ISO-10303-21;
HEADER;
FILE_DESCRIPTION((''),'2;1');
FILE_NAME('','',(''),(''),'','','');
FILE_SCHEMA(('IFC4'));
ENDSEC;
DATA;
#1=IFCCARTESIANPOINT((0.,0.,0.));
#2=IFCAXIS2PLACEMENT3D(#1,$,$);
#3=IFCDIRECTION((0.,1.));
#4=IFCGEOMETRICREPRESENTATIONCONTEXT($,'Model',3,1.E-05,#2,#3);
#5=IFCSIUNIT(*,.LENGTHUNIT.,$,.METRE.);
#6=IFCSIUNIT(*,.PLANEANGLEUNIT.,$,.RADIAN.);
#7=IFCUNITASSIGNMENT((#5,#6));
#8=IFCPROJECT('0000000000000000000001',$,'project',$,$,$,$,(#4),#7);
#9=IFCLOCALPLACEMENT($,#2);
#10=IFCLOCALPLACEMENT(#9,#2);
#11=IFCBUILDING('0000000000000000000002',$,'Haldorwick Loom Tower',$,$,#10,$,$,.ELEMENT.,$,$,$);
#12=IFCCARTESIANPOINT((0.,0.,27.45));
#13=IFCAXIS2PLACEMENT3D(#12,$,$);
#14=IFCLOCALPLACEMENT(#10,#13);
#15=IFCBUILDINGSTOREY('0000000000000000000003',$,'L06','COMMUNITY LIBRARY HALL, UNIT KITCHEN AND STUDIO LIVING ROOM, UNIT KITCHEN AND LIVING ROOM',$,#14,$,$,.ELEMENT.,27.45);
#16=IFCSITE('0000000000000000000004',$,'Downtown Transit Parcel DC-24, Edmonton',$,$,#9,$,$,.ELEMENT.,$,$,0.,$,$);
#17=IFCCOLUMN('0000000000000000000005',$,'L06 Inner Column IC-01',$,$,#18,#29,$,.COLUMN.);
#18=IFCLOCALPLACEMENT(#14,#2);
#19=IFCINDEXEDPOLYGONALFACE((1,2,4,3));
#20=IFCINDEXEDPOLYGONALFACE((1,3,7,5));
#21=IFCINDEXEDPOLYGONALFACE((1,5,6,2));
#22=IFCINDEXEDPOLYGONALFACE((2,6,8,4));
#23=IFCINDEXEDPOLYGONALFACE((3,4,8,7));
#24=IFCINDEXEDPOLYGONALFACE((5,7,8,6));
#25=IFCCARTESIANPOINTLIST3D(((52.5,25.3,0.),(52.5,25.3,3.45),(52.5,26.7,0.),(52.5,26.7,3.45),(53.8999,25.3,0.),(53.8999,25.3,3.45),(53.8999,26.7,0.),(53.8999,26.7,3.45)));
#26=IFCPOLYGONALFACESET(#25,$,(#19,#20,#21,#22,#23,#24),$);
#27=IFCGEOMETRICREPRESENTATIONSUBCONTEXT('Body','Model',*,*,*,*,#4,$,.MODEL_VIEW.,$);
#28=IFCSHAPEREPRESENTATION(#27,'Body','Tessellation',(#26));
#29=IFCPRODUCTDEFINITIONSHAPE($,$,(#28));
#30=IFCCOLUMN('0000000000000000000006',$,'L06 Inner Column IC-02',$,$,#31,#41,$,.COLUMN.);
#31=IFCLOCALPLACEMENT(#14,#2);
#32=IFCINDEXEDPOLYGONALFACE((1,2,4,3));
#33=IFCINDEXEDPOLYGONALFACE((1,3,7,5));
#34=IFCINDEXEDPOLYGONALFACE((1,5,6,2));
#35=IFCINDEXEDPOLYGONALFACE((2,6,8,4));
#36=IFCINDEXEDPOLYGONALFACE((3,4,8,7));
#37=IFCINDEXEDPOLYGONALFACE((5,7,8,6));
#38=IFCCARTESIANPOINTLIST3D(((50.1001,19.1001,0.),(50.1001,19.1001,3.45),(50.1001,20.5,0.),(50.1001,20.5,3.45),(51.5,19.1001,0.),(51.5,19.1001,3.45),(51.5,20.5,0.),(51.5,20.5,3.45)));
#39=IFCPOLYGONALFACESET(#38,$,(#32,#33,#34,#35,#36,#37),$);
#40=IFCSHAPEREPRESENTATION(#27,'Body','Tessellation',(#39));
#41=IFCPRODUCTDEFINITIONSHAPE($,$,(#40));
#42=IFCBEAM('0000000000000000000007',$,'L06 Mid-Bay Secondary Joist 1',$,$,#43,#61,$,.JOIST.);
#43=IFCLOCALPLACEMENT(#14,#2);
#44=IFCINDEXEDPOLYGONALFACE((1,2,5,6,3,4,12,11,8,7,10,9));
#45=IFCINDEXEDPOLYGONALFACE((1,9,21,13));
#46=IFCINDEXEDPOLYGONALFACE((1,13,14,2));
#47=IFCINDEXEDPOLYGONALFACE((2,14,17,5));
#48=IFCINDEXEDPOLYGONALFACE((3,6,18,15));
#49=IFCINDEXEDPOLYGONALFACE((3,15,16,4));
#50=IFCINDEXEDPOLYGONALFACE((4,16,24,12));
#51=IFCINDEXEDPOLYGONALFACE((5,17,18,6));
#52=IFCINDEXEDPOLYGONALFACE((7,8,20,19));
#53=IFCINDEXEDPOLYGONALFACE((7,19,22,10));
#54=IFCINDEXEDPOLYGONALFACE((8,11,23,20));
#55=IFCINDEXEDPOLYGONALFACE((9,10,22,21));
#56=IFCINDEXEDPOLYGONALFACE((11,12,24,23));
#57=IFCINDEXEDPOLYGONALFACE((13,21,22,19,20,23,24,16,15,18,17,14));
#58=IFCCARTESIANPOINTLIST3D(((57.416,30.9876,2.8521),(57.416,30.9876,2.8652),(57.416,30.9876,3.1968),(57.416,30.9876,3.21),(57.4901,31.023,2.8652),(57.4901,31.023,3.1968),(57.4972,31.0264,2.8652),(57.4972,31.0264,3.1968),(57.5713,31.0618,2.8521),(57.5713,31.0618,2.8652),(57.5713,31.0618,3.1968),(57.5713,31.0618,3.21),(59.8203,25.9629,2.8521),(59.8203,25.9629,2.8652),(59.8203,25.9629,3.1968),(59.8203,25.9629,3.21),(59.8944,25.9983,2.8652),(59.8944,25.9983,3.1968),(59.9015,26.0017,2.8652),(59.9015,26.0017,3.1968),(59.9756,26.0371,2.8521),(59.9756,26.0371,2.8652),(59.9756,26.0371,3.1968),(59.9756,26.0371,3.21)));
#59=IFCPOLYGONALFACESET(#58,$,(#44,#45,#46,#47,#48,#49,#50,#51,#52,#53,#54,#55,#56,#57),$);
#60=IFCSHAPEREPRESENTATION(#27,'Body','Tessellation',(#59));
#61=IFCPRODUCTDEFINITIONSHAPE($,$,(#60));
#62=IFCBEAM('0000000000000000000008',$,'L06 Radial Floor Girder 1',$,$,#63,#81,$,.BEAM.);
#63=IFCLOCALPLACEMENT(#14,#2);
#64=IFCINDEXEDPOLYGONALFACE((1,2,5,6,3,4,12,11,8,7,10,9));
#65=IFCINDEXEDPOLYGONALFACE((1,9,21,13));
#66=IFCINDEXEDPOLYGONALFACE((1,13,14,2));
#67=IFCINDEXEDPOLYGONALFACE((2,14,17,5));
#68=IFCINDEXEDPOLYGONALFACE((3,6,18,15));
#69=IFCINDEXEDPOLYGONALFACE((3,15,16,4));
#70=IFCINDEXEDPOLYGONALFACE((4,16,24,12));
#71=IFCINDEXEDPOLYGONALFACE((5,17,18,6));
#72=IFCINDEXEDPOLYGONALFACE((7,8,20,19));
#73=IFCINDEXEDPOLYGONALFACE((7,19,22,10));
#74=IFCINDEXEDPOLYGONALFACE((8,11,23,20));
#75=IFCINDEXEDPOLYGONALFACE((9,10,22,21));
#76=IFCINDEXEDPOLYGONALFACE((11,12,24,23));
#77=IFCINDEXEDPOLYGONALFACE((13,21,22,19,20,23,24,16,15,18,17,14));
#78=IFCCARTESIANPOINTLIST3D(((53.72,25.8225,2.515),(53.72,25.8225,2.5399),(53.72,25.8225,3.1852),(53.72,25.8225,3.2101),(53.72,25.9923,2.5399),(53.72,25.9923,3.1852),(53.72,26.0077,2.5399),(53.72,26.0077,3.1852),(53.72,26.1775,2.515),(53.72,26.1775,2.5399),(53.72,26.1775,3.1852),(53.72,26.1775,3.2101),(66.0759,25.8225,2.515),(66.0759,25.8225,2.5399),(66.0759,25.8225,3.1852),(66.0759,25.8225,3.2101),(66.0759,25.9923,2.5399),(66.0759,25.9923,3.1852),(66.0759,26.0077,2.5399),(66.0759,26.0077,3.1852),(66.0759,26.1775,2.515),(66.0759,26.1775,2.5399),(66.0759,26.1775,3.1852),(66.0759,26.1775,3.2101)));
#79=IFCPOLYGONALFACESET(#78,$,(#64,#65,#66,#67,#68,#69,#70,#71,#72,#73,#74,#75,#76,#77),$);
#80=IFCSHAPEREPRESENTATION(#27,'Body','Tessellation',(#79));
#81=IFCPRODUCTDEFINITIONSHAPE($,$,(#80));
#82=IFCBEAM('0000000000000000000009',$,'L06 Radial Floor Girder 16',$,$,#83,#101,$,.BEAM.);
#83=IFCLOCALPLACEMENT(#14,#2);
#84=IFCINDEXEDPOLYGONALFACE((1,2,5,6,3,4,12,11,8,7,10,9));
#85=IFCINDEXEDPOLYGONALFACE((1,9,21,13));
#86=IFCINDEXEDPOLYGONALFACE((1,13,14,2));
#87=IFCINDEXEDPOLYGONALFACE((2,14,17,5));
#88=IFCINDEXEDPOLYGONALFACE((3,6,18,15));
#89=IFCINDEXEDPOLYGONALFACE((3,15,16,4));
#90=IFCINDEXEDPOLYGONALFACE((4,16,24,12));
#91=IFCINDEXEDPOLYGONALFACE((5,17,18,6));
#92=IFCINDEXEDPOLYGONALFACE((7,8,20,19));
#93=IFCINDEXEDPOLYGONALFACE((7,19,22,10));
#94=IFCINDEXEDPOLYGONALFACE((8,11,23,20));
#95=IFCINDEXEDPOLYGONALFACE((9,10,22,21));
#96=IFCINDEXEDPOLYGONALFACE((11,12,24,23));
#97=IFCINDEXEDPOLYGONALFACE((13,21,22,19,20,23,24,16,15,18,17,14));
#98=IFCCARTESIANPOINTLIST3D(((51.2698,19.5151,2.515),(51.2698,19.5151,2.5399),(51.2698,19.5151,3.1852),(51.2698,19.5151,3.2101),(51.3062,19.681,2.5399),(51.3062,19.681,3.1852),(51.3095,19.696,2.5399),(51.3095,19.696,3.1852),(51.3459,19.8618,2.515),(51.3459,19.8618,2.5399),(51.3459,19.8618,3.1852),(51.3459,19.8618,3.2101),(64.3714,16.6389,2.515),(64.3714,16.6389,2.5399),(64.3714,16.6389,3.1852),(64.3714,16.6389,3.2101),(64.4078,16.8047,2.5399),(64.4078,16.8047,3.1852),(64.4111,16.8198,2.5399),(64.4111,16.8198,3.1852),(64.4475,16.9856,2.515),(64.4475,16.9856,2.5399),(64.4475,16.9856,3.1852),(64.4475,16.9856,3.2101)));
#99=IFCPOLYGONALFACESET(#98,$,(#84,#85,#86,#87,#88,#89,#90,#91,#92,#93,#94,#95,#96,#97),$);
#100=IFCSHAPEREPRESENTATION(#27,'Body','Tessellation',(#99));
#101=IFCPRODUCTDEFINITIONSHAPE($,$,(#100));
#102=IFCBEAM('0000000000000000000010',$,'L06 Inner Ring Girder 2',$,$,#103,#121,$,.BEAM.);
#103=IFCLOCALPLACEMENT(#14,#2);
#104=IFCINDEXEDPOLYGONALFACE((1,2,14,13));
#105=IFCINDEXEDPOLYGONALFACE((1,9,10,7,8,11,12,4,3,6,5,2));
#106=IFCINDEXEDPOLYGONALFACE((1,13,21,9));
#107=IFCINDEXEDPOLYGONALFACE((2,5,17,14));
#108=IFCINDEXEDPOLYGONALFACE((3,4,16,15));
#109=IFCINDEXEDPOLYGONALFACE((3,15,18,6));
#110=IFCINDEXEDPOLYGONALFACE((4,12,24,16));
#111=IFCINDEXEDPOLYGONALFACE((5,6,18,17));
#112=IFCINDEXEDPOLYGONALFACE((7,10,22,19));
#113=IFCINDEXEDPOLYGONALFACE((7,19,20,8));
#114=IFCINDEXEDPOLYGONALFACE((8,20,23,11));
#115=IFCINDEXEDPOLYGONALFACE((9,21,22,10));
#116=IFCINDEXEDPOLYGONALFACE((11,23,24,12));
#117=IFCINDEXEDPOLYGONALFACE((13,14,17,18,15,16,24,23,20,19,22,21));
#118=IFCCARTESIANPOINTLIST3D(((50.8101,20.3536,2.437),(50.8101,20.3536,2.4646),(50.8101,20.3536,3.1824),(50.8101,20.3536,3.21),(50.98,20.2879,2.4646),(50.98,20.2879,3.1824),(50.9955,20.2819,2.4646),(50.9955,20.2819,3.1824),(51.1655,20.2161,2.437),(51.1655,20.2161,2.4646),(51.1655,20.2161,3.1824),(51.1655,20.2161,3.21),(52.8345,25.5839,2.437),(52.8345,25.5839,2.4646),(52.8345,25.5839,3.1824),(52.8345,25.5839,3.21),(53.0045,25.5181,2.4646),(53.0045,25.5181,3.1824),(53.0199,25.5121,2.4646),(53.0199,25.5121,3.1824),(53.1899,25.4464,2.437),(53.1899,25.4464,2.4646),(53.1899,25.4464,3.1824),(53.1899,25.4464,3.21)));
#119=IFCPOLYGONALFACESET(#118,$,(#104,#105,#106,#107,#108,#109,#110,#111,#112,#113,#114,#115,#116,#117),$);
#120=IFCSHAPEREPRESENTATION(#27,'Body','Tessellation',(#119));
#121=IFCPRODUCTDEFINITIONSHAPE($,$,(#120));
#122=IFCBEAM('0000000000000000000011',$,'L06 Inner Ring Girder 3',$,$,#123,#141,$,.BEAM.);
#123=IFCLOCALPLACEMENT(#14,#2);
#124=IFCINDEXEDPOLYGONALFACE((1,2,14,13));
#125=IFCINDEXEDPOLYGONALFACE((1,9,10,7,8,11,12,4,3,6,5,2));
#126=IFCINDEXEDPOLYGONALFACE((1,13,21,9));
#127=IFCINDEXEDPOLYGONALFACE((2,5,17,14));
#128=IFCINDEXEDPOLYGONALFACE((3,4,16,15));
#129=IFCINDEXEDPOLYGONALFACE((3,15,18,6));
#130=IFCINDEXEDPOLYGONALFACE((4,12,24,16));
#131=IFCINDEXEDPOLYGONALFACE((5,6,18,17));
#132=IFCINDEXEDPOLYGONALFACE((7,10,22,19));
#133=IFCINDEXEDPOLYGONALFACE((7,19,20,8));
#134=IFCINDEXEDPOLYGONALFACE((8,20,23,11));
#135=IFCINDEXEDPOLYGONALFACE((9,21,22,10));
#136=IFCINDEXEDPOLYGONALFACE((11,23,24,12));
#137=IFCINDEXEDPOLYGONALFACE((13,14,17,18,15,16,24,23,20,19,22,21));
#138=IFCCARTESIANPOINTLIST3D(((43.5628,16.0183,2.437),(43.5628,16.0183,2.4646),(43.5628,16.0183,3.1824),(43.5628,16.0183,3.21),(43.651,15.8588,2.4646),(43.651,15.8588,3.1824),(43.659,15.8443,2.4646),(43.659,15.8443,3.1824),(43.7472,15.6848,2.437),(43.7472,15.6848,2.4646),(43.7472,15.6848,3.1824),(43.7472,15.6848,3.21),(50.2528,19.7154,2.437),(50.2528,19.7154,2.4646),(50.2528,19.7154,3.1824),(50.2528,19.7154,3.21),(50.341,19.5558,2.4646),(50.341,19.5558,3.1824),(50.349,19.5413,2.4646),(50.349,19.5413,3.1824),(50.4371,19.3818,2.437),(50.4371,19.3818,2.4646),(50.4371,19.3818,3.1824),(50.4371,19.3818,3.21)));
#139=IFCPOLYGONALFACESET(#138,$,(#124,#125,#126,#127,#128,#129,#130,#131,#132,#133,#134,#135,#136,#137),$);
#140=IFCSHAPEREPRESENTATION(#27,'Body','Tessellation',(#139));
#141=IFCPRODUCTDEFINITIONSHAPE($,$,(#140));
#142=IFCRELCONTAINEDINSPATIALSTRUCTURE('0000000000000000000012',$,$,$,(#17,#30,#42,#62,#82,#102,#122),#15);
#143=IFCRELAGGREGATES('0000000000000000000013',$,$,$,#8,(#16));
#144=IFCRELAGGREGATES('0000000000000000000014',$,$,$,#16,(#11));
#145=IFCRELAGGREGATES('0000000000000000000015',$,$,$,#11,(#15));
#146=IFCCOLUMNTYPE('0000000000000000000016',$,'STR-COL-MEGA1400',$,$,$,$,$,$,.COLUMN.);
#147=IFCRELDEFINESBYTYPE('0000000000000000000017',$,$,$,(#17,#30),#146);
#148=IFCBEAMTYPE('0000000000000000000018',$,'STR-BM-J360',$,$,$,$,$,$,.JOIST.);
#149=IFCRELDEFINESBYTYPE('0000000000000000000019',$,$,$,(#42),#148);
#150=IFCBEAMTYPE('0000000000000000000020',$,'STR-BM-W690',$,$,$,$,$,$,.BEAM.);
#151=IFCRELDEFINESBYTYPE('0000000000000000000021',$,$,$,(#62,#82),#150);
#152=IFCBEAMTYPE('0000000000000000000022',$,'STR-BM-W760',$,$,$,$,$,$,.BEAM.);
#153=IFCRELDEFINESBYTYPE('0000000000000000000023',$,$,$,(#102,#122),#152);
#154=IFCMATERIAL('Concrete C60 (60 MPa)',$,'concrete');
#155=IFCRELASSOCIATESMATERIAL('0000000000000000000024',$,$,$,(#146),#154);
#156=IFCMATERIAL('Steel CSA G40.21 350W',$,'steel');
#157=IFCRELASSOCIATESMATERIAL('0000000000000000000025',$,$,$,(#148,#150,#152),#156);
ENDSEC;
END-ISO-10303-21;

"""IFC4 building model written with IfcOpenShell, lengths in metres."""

from ifc_helpers import new_model, si_unit, direction, frame, origin, origin_2d, place, context, subcontext, project, spatial, rectangle, i_section, extrude, material, material_profile, profile_set, type_object, element, save


model = new_model("IFC4")

# Units and contexts
model_context = context("Model", 3, precision=1e-05, world=origin(), true_north=direction((0.0, 1.0)))
body_context = subcontext(model_context, "Body", "Model", "MODEL_VIEW")
ifc_project = project(units=[si_unit("LENGTHUNIT", "METRE"), si_unit("PLANEANGLEUNIT", "RADIAN")], contexts=[model_context])

# Site, building, storey
site_placement = place(None, origin())
site = spatial("IfcSite", under=ifc_project, at=site_placement, Name="Downtown Transit Parcel DC-24, Edmonton", CompositionType="ELEMENT", RefElevation=0.0)
building_placement = place(site_placement, origin())
building = spatial("IfcBuilding", under=site, at=building_placement, Name="Haldorwick Loom Tower", CompositionType="ELEMENT")
storey_placement = place(building_placement, frame((0.0, 0.0, 27.45)))
storey = spatial("IfcBuildingStorey", under=building, at=storey_placement, Name="L06", Description="COMMUNITY LIBRARY HALL, UNIT KITCHEN AND STUDIO LIVING ROOM, UNIT KITCHEN AND LIVING ROOM", CompositionType="ELEMENT", Elevation=27.45)

# Columns
ifc_material_1 = material(Name="Concrete C60 (60 MPa)", Category="concrete")
ifc_material_profile_1 = material_profile(ifc_material_1, rectangle(XDim=1.3999, YDim=1.3999, at=origin_2d()), Name="RC1400X1400", Category="concrete")
ifc_profile_set_1 = profile_set([ifc_material_profile_1], Name="Concrete C60 (60 MPa)")
column_type = type_object("IfcColumnType", Name="STR-COL-MEGA1400", PredefinedType="COLUMN", material=ifc_profile_set_1)
for number, where, z_axis, x_axis, name in (
    (1, (53.2, 26.0, 0.0), (0.0, 0.0, 1.0), (1.0, 0.0, 0.0), "L06 Inner Column IC-01"),
    (2, (50.8, 19.8, 0.0), (0.0, 0.0, 1.0), (1.0, 0.0, 0.0), "L06 Inner Column IC-02"),
):
    element("IfcColumn", number, at=place(storey_placement, frame(where, z_axis=z_axis, x_axis=x_axis)), inside=storey, type_object=column_type, Name=name, PredefinedType="COLUMN", context=body_context, shape_type="SweptSolid", body=[
        extrude(rectangle(XDim=1.3999, YDim=1.3999, at=origin_2d()), origin(), (0.0, 0.0, 1.0), 3.45),
    ])

# Beams
ifc_material_2 = material(Name="Steel CSA G40.21 350W", Category="steel")
ifc_material_profile_2 = material_profile(ifc_material_2, i_section(OverallWidth=0.1721, OverallDepth=0.3579, WebThickness=0.0078, FlangeThickness=0.0132, at=origin_2d()), Name="W360X57", Category="steel")
ifc_profile_set_2 = profile_set([ifc_material_profile_2], Name="Steel CSA G40.21 350W")
beam_type_1 = type_object("IfcBeamType", Name="STR-BM-J360", PredefinedType="JOIST", material=ifc_profile_set_2)
beam_1_placement = place(storey_placement, frame((59.8979, 26.0, 3.031), z_axis=(-0.431631, 0.90205, 0.0), x_axis=(-0.90205, -0.431631, 0.0)))
element("IfcBeam", 3, at=beam_1_placement, inside=storey, type_object=beam_type_1, Name="L06 Mid-Bay Secondary Joist 1", PredefinedType="JOIST", context=body_context, shape_type="SweptSolid", body=[
    extrude(i_section(OverallWidth=0.1721, OverallDepth=0.3579, WebThickness=0.0078, FlangeThickness=0.0132, at=origin_2d()), origin(), (0.0, 0.0, 1.0), 5.5703),
])
ifc_material_profile_3 = material_profile(ifc_material_2, i_section(OverallWidth=0.355, OverallDepth=0.6951, WebThickness=0.0154, FlangeThickness=0.0249, at=origin_2d()), Name="W690X217", Category="steel")
ifc_profile_set_3 = profile_set([ifc_material_profile_3], Name="Steel CSA G40.21 350W")
beam_type_2 = type_object("IfcBeamType", Name="STR-BM-W690", PredefinedType="BEAM", material=ifc_profile_set_3)
beam_2_placement = place(storey_placement, frame((53.72, 26.0, 2.8625), z_axis=(1.0, 0.0, 0.0), x_axis=(0.0, 1.0, 0.0)))
element("IfcBeam", 4, at=beam_2_placement, inside=storey, type_object=beam_type_2, Name="L06 Radial Floor Girder 1", PredefinedType="BEAM", context=body_context, shape_type="SweptSolid", body=[
    extrude(i_section(OverallWidth=0.355, OverallDepth=0.6951, WebThickness=0.0154, FlangeThickness=0.0249, at=origin_2d()), origin(), (0.0, 0.0, 1.0), 12.356),
])
beam_3_placement = place(storey_placement, frame((51.3079, 19.6885, 2.8625), z_axis=(0.97674, -0.214426, 0.0), x_axis=(0.214426, 0.97674, 0.0)))
element("IfcBeam", 5, at=beam_3_placement, inside=storey, type_object=beam_type_2, Name="L06 Radial Floor Girder 16", PredefinedType="BEAM", context=body_context, shape_type="SweptSolid", body=[
    extrude(i_section(OverallWidth=0.355, OverallDepth=0.6951, WebThickness=0.0154, FlangeThickness=0.0249, at=origin_2d()), origin(), (0.0, 0.0, 1.0), 13.4136),
])
ifc_material_profile_4 = material_profile(ifc_material_2, i_section(OverallWidth=0.3811, OverallDepth=0.7729, WebThickness=0.0166, FlangeThickness=0.0276, at=origin_2d()), Name="W760X257", Category="steel")
ifc_profile_set_4 = profile_set([ifc_material_profile_4], Name="Steel CSA G40.21 350W")
beam_type_3 = type_object("IfcBeamType", Name="STR-BM-W760", PredefinedType="BEAM", material=ifc_profile_set_4)
beam_4_placement = place(storey_placement, frame((53.0122, 25.5151, 2.8235), z_axis=(-0.360965, -0.932579, 0.0), x_axis=(0.932579, -0.360965, 0.0)))
element("IfcBeam", 6, at=beam_4_placement, inside=storey, type_object=beam_type_3, Name="L06 Inner Ring Girder 2", PredefinedType="BEAM", context=body_context, shape_type="SweptSolid", body=[
    extrude(i_section(OverallWidth=0.3811, OverallDepth=0.7729, WebThickness=0.0166, FlangeThickness=0.0276, at=origin_2d()), origin(), (0.0, 0.0, 1.0), 5.6084),
])
beam_5_placement = place(storey_placement, frame((50.345, 19.5486, 2.8235), z_axis=(-0.875244, -0.483681, 0.0), x_axis=(0.483681, -0.875244, 0.0)))
element("IfcBeam", 7, at=beam_5_placement, inside=storey, type_object=beam_type_3, Name="L06 Inner Ring Girder 3", PredefinedType="BEAM", context=body_context, shape_type="SweptSolid", body=[
    extrude(i_section(OverallWidth=0.3811, OverallDepth=0.7729, WebThickness=0.0166, FlangeThickness=0.0276, at=origin_2d()), origin(), (0.0, 0.0, 1.0), 7.6436),
])

save(model, "model.ifc")
